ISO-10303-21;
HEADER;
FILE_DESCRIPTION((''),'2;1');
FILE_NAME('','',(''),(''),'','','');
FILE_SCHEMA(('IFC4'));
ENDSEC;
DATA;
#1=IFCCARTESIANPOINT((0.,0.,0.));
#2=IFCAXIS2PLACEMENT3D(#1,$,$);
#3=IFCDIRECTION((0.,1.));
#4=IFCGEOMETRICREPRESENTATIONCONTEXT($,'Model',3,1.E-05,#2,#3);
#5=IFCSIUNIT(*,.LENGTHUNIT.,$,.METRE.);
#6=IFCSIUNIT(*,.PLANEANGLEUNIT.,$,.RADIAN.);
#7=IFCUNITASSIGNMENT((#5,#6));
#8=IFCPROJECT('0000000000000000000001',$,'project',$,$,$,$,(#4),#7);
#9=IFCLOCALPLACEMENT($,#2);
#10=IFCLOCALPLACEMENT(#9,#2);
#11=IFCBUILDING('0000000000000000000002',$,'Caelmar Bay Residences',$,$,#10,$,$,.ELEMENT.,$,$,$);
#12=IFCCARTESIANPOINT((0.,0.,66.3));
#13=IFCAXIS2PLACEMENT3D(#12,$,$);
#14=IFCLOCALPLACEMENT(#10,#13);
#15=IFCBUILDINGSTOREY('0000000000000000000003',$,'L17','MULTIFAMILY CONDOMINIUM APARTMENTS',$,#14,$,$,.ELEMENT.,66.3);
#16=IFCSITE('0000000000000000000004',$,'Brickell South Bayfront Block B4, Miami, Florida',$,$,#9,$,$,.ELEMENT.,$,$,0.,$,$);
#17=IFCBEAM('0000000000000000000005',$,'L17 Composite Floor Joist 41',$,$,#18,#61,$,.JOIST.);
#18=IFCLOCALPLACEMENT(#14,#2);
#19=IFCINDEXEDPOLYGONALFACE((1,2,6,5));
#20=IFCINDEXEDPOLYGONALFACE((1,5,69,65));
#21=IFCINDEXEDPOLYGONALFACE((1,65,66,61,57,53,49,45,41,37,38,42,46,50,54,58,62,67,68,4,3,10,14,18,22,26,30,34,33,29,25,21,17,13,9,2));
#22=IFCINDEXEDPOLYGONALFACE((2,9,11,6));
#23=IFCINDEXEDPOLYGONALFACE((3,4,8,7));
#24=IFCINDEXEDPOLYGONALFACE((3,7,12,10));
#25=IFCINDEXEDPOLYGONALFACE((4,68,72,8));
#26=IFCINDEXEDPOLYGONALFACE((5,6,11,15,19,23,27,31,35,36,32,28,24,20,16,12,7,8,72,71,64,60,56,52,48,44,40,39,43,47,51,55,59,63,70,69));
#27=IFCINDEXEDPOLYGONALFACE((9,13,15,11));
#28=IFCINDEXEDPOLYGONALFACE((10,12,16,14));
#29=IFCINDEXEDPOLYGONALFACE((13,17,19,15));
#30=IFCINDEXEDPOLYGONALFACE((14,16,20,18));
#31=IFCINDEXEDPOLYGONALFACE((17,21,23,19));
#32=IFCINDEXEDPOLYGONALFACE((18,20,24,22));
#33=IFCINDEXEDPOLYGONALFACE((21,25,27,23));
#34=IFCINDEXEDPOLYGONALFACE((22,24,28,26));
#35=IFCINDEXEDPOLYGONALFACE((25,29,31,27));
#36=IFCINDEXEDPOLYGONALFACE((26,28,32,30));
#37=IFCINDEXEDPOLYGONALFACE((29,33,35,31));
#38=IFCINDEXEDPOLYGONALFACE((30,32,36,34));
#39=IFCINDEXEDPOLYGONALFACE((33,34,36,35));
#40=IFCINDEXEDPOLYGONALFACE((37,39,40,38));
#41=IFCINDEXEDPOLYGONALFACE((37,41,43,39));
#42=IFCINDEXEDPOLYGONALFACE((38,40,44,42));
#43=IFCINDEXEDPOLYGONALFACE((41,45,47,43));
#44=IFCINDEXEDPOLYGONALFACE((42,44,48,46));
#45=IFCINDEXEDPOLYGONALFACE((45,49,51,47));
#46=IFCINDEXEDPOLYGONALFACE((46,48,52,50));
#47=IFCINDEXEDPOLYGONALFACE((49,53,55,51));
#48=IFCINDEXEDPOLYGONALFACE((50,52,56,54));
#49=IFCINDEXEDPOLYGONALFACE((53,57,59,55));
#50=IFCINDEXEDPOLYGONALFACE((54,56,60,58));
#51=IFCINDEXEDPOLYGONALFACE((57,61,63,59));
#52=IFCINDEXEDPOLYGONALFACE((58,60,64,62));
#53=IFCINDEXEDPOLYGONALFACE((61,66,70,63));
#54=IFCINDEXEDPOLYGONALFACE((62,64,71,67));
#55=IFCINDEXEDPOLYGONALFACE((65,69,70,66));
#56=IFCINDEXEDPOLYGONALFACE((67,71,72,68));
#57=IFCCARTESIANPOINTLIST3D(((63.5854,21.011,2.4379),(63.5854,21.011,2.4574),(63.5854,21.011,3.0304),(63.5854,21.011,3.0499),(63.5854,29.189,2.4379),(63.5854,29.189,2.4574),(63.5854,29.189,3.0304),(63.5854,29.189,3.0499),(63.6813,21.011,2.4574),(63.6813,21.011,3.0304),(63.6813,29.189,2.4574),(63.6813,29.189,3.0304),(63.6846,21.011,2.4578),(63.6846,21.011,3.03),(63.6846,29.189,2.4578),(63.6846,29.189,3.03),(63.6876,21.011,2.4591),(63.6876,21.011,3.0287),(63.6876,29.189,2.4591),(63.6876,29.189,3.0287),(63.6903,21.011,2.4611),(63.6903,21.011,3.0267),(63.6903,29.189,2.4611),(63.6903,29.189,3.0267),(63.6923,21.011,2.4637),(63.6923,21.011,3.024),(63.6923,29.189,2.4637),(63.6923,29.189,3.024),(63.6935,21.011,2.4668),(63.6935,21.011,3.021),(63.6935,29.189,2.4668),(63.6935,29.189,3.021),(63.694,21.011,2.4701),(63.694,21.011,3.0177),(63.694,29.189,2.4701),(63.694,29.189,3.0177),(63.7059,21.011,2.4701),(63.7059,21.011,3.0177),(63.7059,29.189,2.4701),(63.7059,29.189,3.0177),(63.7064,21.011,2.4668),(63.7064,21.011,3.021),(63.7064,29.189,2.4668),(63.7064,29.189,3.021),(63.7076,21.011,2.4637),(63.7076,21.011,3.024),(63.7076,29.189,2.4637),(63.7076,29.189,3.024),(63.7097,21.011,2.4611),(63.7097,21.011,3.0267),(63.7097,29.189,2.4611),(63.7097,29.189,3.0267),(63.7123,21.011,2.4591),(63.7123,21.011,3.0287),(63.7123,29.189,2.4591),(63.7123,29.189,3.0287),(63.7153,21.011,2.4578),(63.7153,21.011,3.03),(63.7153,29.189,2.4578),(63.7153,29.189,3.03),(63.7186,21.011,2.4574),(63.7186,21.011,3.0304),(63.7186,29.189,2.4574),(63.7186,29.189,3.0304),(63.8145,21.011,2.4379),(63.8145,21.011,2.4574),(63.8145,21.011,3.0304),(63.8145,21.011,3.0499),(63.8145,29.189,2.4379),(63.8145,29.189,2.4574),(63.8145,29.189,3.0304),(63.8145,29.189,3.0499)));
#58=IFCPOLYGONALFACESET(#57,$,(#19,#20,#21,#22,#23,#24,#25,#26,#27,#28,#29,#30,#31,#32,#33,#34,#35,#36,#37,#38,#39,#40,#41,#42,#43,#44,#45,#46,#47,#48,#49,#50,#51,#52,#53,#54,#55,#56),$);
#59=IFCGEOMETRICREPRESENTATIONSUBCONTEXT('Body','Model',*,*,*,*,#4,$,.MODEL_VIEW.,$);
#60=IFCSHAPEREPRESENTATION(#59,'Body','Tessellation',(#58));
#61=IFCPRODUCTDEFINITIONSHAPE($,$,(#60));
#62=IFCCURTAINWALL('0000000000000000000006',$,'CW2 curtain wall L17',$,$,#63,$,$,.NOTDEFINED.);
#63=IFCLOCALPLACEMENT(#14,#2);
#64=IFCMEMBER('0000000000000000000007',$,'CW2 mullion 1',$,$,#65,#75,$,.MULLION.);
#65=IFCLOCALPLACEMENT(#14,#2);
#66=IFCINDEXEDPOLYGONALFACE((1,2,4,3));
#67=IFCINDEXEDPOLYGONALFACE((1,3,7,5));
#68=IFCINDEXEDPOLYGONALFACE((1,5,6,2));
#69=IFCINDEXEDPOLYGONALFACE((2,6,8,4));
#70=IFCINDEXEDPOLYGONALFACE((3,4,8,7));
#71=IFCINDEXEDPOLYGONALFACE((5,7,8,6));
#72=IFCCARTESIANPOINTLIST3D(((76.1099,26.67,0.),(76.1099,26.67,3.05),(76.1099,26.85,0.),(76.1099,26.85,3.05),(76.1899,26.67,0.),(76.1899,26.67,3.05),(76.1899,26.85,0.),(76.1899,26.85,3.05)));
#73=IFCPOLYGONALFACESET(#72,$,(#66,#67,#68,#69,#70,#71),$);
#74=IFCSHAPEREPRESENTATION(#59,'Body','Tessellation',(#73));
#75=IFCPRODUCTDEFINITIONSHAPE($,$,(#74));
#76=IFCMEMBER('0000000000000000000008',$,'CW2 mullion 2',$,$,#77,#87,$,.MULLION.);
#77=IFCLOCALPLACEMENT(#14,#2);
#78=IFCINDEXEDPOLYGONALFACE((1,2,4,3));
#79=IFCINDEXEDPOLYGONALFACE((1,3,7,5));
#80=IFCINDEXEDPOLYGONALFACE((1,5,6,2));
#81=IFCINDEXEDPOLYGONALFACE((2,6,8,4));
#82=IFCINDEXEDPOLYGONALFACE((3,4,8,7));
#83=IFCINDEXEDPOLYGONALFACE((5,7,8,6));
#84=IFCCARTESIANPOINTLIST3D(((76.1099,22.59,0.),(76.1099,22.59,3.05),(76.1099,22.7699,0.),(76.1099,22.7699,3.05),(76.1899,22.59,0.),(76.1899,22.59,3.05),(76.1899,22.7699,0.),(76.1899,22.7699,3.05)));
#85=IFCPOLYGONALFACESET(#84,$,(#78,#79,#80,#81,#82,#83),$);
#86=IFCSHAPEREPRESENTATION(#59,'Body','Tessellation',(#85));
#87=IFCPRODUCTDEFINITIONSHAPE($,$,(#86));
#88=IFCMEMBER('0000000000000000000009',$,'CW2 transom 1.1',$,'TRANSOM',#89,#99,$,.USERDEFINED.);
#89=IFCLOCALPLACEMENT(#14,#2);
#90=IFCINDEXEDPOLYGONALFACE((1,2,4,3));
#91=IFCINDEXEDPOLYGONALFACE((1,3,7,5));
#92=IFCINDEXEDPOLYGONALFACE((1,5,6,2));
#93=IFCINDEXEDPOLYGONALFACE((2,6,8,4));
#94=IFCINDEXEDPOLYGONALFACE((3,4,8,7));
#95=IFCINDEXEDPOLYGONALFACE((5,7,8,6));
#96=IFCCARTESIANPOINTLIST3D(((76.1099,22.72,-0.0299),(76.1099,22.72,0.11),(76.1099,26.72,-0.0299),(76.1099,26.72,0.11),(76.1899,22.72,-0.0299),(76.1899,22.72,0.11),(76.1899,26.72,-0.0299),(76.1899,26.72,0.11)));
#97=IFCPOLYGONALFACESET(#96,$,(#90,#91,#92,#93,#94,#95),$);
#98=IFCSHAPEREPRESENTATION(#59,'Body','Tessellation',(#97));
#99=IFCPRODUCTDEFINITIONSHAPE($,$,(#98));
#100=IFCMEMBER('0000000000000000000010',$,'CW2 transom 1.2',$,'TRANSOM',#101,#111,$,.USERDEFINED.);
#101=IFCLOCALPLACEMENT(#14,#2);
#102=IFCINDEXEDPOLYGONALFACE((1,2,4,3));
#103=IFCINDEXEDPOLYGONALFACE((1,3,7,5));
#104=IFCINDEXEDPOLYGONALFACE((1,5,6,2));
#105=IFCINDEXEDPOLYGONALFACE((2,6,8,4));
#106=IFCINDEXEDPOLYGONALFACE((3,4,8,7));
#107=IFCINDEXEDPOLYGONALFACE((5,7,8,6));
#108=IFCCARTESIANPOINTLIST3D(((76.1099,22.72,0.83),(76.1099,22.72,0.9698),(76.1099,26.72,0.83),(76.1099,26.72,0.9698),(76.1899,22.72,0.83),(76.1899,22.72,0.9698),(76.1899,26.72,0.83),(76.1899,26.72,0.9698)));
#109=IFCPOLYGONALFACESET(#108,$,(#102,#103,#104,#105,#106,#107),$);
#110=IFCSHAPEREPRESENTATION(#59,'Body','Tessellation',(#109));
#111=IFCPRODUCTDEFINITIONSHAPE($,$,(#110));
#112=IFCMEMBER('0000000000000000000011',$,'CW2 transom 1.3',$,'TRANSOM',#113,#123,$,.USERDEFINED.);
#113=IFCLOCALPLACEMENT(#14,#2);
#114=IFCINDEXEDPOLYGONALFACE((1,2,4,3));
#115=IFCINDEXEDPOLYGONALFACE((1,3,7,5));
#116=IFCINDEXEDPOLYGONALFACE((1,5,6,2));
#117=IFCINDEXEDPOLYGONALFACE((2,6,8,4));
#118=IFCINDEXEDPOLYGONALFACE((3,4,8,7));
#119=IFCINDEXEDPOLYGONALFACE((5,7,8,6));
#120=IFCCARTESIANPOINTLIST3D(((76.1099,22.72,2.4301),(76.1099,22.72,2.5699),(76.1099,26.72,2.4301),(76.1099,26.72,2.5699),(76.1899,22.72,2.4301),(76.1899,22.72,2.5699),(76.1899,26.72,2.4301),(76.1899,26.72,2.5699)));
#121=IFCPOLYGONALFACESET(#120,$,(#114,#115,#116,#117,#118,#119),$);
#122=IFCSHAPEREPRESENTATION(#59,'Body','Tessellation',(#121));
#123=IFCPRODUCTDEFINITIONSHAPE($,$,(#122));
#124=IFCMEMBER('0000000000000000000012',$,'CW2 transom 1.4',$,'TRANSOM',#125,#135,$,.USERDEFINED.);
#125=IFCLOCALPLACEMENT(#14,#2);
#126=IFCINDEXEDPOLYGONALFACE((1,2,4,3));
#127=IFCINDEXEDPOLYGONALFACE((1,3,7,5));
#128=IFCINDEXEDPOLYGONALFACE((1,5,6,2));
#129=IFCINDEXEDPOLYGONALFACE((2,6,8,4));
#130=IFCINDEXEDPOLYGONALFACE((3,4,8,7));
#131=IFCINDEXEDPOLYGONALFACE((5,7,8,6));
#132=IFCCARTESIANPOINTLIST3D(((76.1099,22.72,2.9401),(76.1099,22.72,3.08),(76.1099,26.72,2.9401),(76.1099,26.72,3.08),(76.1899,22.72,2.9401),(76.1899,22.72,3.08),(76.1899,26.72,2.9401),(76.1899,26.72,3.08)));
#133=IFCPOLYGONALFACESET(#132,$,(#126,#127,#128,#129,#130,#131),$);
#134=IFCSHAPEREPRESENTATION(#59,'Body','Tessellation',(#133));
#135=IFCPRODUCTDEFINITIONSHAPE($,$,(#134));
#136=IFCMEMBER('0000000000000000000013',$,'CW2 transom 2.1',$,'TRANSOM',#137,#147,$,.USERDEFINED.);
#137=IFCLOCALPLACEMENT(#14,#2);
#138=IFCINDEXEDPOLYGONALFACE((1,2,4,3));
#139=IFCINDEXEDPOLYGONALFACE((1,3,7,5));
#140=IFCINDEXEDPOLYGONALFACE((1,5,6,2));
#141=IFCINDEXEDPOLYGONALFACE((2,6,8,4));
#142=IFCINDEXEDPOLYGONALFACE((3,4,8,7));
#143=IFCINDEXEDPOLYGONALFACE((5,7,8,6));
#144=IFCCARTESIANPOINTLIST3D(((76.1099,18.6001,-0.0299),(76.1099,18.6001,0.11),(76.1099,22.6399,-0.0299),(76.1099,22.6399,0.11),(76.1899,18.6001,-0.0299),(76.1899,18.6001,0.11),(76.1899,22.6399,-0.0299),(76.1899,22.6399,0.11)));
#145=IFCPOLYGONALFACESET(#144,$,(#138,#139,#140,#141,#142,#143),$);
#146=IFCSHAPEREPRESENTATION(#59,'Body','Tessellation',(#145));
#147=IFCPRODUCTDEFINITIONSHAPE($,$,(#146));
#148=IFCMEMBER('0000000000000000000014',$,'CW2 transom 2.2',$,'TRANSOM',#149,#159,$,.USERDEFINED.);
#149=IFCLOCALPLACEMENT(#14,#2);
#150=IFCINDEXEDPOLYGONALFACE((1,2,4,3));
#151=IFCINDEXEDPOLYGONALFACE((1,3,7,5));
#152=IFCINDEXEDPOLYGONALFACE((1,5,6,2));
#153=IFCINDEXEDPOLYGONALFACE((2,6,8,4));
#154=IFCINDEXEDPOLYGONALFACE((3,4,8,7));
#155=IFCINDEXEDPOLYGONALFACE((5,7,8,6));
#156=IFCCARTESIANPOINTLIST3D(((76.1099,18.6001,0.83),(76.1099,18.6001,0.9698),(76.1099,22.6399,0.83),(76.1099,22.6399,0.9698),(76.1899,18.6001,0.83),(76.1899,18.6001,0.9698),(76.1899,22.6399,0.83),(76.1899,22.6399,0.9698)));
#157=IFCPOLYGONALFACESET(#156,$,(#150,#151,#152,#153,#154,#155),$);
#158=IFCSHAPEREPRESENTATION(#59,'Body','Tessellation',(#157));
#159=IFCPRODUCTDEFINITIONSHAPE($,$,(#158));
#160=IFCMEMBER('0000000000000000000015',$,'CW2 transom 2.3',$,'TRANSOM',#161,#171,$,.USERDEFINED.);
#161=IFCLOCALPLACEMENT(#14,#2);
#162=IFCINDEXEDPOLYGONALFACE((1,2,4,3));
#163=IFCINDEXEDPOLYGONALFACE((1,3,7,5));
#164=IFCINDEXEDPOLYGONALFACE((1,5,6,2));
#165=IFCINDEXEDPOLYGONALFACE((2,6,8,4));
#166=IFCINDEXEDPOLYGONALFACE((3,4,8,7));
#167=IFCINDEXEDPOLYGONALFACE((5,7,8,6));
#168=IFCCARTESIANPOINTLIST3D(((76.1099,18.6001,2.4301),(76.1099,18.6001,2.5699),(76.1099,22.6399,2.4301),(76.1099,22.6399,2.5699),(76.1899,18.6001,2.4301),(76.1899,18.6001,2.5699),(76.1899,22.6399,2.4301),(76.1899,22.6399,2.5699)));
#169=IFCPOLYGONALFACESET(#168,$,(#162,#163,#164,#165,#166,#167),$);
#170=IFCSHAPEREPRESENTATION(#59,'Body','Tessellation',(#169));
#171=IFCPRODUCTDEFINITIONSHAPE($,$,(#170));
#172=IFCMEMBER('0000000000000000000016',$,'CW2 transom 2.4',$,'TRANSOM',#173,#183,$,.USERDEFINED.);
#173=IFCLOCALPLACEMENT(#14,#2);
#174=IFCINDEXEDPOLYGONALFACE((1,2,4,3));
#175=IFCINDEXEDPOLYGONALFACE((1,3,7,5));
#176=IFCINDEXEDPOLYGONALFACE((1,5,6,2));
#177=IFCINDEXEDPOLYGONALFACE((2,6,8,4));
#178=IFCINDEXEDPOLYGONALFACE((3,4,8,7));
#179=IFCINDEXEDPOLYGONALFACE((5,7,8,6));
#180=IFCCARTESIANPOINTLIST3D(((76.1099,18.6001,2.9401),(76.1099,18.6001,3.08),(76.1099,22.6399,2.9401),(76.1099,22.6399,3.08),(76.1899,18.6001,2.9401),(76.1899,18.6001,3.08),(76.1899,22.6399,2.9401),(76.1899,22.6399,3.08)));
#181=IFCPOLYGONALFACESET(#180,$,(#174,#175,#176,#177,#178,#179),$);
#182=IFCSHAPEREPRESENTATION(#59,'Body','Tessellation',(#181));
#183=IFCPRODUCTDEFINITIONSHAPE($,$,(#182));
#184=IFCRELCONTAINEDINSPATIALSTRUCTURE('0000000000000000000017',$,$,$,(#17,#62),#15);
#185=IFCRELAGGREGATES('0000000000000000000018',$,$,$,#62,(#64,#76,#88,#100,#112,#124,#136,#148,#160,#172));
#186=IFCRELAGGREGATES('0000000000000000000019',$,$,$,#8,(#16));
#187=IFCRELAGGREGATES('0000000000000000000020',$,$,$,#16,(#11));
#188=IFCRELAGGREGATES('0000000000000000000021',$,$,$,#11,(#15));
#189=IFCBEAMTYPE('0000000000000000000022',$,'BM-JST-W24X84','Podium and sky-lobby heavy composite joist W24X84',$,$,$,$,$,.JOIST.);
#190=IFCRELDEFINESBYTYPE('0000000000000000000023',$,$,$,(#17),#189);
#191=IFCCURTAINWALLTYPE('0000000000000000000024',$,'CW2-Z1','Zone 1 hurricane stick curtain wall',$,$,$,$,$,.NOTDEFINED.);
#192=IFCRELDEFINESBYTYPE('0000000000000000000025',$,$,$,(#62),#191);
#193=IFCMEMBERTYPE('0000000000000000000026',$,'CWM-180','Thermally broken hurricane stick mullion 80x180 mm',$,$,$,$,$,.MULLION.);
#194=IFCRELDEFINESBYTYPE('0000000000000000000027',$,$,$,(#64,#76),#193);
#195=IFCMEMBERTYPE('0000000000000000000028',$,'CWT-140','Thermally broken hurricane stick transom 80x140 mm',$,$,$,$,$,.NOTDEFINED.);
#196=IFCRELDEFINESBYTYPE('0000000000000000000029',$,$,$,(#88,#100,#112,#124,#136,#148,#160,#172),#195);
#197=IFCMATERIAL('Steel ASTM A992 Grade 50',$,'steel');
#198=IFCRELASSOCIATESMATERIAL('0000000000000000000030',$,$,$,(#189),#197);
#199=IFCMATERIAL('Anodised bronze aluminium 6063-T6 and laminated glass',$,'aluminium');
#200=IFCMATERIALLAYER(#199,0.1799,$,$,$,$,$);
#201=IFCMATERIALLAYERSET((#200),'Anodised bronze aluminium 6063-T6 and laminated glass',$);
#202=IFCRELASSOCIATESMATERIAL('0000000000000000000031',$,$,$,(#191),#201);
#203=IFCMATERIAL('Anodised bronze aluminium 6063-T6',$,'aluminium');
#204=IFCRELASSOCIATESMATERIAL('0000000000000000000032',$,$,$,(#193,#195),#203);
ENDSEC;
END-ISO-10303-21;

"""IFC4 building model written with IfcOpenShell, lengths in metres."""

from ifc_helpers import new_model, si_unit, direction, frame, origin, origin_2d, place, context, subcontext, project, spatial, rectangle, i_section, extrude, material, layer, layer_set, material_profile, profile_set, type_object, element, aggregate, save


model = new_model("IFC4")

# Units and contexts
model_context = context("Model", 3, precision=1e-05, world=origin(), true_north=direction((0.0, 1.0)))
body_context = subcontext(model_context, "Body", "Model", "MODEL_VIEW")
ifc_project = project(units=[si_unit("LENGTHUNIT", "METRE"), si_unit("PLANEANGLEUNIT", "RADIAN")], contexts=[model_context])

# Site, building, storey
site_placement = place(None, origin())
site = spatial("IfcSite", under=ifc_project, at=site_placement, Name="Brickell South Bayfront Block B4, Miami, Florida", CompositionType="ELEMENT", RefElevation=0.0)
building_placement = place(site_placement, origin())
building = spatial("IfcBuilding", under=site, at=building_placement, Name="Caelmar Bay Residences", CompositionType="ELEMENT")
storey_placement = place(building_placement, frame((0.0, 0.0, 66.3)))
storey = spatial("IfcBuildingStorey", under=building, at=storey_placement, Name="L17", Description="MULTIFAMILY CONDOMINIUM APARTMENTS", CompositionType="ELEMENT", Elevation=66.3)

# Beam
ifc_material_1 = material(Name="Steel ASTM A992 Grade 50", Category="steel")
ifc_material_profile_1 = material_profile(ifc_material_1, i_section(OverallWidth=0.229, OverallDepth=0.6121, WebThickness=0.012, FlangeThickness=0.0195, FilletRadius=0.0127, at=origin_2d()), Name="W24X84")
ifc_profile_set_1 = profile_set([ifc_material_profile_1], Name="Steel ASTM A992 Grade 50")
beam_type_1 = type_object("IfcBeamType", Name="BM-JST-W24X84", Description="Podium and sky-lobby heavy composite joist W24X84", PredefinedType="JOIST", material=ifc_profile_set_1)
beam_1_placement = place(storey_placement, frame((63.7, 21.011, 2.7439), z_axis=(0.0, 1.0, 0.0), x_axis=(-1.0, 0.0, 0.0)))
element("IfcBeam", 1, at=beam_1_placement, inside=storey, type_object=beam_type_1, Name="L17 Composite Floor Joist 41", PredefinedType="JOIST", context=body_context, shape_type="SweptSolid", body=[
    extrude(i_section(OverallWidth=0.229, OverallDepth=0.6121, WebThickness=0.012, FlangeThickness=0.0195, FilletRadius=0.0127, at=origin_2d()), origin(), (0.0, 0.0, 1.0), 8.178),
])

# Curtain wall, members
ifc_material_2 = material(Name="Anodised bronze aluminium 6063-T6 and laminated glass", Category="aluminium")
ifc_layer_1 = layer(ifc_material_2, 0.1799)
ifc_layer_set_1 = layer_set([ifc_layer_1], Name="Anodised bronze aluminium 6063-T6 and laminated glass")
curtain_wall_type = type_object("IfcCurtainWallType", Name="CW2-Z1", Description="Zone 1 hurricane stick curtain wall", PredefinedType="NOTDEFINED", material=ifc_layer_set_1)
curtain_wall_placement = place(storey_placement, origin())
curtain_wall = element("IfcCurtainWall", 2, at=curtain_wall_placement, inside=storey, type_object=curtain_wall_type, Name="CW2 curtain wall L17", PredefinedType="NOTDEFINED")
ifc_material_3 = material(Name="Anodised bronze aluminium 6063-T6", Category="aluminium")
ifc_material_profile_2 = material_profile(ifc_material_3, rectangle(XDim=0.0801, YDim=0.1799, at=origin_2d()), Name="CWM-80X180")
ifc_profile_set_2 = profile_set([ifc_material_profile_2], Name="Anodised bronze aluminium 6063-T6")
member_type_1 = type_object("IfcMemberType", Name="CWM-180", Description="Thermally broken hurricane stick mullion 80x180 mm", PredefinedType="MULLION", material=ifc_profile_set_2)
member_1_placement = place(storey_placement, frame((76.1499, 26.76, 0.0), z_axis=(0.0, 0.0, 1.0), x_axis=(1.0, 0.0, 0.0)))
member_1 = element("IfcMember", 3, at=member_1_placement, type_object=member_type_1, Name="CW2 mullion 1", PredefinedType="MULLION", context=body_context, shape_type="SweptSolid", body=[
    extrude(rectangle(XDim=0.0801, YDim=0.1799, at=origin_2d()), origin(), (0.0, 0.0, 1.0), 3.05),
])
member_2_placement = place(storey_placement, frame((76.1499, 22.6799, 0.0), z_axis=(0.0, 0.0, 1.0), x_axis=(1.0, 0.0, 0.0)))
member_2 = element("IfcMember", 4, at=member_2_placement, type_object=member_type_1, Name="CW2 mullion 2", PredefinedType="MULLION", context=body_context, shape_type="SweptSolid", body=[
    extrude(rectangle(XDim=0.0801, YDim=0.1799, at=origin_2d()), origin(), (0.0, 0.0, 1.0), 3.05),
])
ifc_material_profile_3 = material_profile(ifc_material_3, rectangle(XDim=0.0801, YDim=0.1399, at=origin_2d()), Name="CWT-80X140")
ifc_profile_set_3 = profile_set([ifc_material_profile_3], Name="Anodised bronze aluminium 6063-T6")
member_type_2 = type_object("IfcMemberType", Name="CWT-140", Description="Thermally broken hurricane stick transom 80x140 mm", PredefinedType="NOTDEFINED", material=ifc_profile_set_3)
member_3_placement = place(storey_placement, frame((76.1499, 26.72, 0.04), z_axis=(0.0, -1.0, 0.0), x_axis=(1.0, 0.0, 0.0)))
member_3 = element("IfcMember", 5, at=member_3_placement, type_object=member_type_2, Name="CW2 transom 1.1", ObjectType="TRANSOM", PredefinedType="USERDEFINED", context=body_context, shape_type="SweptSolid", body=[
    extrude(rectangle(XDim=0.0801, YDim=0.1399, at=origin_2d()), origin(), (0.0, 0.0, 1.0), 4.0),
])
member_4_placement = place(storey_placement, frame((76.1499, 26.72, 0.8999), z_axis=(0.0, -1.0, 0.0), x_axis=(1.0, 0.0, 0.0)))
member_4 = element("IfcMember", 6, at=member_4_placement, type_object=member_type_2, Name="CW2 transom 1.2", ObjectType="TRANSOM", PredefinedType="USERDEFINED", context=body_context, shape_type="SweptSolid", body=[
    extrude(rectangle(XDim=0.0801, YDim=0.1399, at=origin_2d()), origin(), (0.0, 0.0, 1.0), 4.0),
])
member_5_placement = place(storey_placement, frame((76.1499, 26.72, 2.5), z_axis=(0.0, -1.0, 0.0), x_axis=(1.0, 0.0, 0.0)))
member_5 = element("IfcMember", 7, at=member_5_placement, type_object=member_type_2, Name="CW2 transom 1.3", ObjectType="TRANSOM", PredefinedType="USERDEFINED", context=body_context, shape_type="SweptSolid", body=[
    extrude(rectangle(XDim=0.0801, YDim=0.1399, at=origin_2d()), origin(), (0.0, 0.0, 1.0), 4.0),
])
member_6_placement = place(storey_placement, frame((76.1499, 26.72, 3.01), z_axis=(0.0, -1.0, 0.0), x_axis=(1.0, 0.0, 0.0)))
member_6 = element("IfcMember", 8, at=member_6_placement, type_object=member_type_2, Name="CW2 transom 1.4", ObjectType="TRANSOM", PredefinedType="USERDEFINED", context=body_context, shape_type="SweptSolid", body=[
    extrude(rectangle(XDim=0.0801, YDim=0.1399, at=origin_2d()), origin(), (0.0, 0.0, 1.0), 4.0),
])
member_7_placement = place(storey_placement, frame((76.1499, 22.6399, 0.04), z_axis=(0.0, -1.0, 0.0), x_axis=(1.0, 0.0, 0.0)))
member_7 = element("IfcMember", 9, at=member_7_placement, type_object=member_type_2, Name="CW2 transom 2.1", ObjectType="TRANSOM", PredefinedType="USERDEFINED", context=body_context, shape_type="SweptSolid", body=[
    extrude(rectangle(XDim=0.0801, YDim=0.1399, at=origin_2d()), origin(), (0.0, 0.0, 1.0), 4.0398),
])
member_8_placement = place(storey_placement, frame((76.1499, 22.6399, 0.8999), z_axis=(0.0, -1.0, 0.0), x_axis=(1.0, 0.0, 0.0)))
member_8 = element("IfcMember", 10, at=member_8_placement, type_object=member_type_2, Name="CW2 transom 2.2", ObjectType="TRANSOM", PredefinedType="USERDEFINED", context=body_context, shape_type="SweptSolid", body=[
    extrude(rectangle(XDim=0.0801, YDim=0.1399, at=origin_2d()), origin(), (0.0, 0.0, 1.0), 4.0398),
])
member_9_placement = place(storey_placement, frame((76.1499, 22.6399, 2.5), z_axis=(0.0, -1.0, 0.0), x_axis=(1.0, 0.0, 0.0)))
member_9 = element("IfcMember", 11, at=member_9_placement, type_object=member_type_2, Name="CW2 transom 2.3", ObjectType="TRANSOM", PredefinedType="USERDEFINED", context=body_context, shape_type="SweptSolid", body=[
    extrude(rectangle(XDim=0.0801, YDim=0.1399, at=origin_2d()), origin(), (0.0, 0.0, 1.0), 4.0398),
])
member_10_placement = place(storey_placement, frame((76.1499, 22.6399, 3.01), z_axis=(0.0, -1.0, 0.0), x_axis=(1.0, 0.0, 0.0)))
member_10 = element("IfcMember", 12, at=member_10_placement, type_object=member_type_2, Name="CW2 transom 2.4", ObjectType="TRANSOM", PredefinedType="USERDEFINED", context=body_context, shape_type="SweptSolid", body=[
    extrude(rectangle(XDim=0.0801, YDim=0.1399, at=origin_2d()), origin(), (0.0, 0.0, 1.0), 4.0398),
])
aggregate(curtain_wall, [member_1, member_2, member_3, member_4, member_5, member_6, member_7, member_8, member_9, member_10])

save(model, "model.ifc")
